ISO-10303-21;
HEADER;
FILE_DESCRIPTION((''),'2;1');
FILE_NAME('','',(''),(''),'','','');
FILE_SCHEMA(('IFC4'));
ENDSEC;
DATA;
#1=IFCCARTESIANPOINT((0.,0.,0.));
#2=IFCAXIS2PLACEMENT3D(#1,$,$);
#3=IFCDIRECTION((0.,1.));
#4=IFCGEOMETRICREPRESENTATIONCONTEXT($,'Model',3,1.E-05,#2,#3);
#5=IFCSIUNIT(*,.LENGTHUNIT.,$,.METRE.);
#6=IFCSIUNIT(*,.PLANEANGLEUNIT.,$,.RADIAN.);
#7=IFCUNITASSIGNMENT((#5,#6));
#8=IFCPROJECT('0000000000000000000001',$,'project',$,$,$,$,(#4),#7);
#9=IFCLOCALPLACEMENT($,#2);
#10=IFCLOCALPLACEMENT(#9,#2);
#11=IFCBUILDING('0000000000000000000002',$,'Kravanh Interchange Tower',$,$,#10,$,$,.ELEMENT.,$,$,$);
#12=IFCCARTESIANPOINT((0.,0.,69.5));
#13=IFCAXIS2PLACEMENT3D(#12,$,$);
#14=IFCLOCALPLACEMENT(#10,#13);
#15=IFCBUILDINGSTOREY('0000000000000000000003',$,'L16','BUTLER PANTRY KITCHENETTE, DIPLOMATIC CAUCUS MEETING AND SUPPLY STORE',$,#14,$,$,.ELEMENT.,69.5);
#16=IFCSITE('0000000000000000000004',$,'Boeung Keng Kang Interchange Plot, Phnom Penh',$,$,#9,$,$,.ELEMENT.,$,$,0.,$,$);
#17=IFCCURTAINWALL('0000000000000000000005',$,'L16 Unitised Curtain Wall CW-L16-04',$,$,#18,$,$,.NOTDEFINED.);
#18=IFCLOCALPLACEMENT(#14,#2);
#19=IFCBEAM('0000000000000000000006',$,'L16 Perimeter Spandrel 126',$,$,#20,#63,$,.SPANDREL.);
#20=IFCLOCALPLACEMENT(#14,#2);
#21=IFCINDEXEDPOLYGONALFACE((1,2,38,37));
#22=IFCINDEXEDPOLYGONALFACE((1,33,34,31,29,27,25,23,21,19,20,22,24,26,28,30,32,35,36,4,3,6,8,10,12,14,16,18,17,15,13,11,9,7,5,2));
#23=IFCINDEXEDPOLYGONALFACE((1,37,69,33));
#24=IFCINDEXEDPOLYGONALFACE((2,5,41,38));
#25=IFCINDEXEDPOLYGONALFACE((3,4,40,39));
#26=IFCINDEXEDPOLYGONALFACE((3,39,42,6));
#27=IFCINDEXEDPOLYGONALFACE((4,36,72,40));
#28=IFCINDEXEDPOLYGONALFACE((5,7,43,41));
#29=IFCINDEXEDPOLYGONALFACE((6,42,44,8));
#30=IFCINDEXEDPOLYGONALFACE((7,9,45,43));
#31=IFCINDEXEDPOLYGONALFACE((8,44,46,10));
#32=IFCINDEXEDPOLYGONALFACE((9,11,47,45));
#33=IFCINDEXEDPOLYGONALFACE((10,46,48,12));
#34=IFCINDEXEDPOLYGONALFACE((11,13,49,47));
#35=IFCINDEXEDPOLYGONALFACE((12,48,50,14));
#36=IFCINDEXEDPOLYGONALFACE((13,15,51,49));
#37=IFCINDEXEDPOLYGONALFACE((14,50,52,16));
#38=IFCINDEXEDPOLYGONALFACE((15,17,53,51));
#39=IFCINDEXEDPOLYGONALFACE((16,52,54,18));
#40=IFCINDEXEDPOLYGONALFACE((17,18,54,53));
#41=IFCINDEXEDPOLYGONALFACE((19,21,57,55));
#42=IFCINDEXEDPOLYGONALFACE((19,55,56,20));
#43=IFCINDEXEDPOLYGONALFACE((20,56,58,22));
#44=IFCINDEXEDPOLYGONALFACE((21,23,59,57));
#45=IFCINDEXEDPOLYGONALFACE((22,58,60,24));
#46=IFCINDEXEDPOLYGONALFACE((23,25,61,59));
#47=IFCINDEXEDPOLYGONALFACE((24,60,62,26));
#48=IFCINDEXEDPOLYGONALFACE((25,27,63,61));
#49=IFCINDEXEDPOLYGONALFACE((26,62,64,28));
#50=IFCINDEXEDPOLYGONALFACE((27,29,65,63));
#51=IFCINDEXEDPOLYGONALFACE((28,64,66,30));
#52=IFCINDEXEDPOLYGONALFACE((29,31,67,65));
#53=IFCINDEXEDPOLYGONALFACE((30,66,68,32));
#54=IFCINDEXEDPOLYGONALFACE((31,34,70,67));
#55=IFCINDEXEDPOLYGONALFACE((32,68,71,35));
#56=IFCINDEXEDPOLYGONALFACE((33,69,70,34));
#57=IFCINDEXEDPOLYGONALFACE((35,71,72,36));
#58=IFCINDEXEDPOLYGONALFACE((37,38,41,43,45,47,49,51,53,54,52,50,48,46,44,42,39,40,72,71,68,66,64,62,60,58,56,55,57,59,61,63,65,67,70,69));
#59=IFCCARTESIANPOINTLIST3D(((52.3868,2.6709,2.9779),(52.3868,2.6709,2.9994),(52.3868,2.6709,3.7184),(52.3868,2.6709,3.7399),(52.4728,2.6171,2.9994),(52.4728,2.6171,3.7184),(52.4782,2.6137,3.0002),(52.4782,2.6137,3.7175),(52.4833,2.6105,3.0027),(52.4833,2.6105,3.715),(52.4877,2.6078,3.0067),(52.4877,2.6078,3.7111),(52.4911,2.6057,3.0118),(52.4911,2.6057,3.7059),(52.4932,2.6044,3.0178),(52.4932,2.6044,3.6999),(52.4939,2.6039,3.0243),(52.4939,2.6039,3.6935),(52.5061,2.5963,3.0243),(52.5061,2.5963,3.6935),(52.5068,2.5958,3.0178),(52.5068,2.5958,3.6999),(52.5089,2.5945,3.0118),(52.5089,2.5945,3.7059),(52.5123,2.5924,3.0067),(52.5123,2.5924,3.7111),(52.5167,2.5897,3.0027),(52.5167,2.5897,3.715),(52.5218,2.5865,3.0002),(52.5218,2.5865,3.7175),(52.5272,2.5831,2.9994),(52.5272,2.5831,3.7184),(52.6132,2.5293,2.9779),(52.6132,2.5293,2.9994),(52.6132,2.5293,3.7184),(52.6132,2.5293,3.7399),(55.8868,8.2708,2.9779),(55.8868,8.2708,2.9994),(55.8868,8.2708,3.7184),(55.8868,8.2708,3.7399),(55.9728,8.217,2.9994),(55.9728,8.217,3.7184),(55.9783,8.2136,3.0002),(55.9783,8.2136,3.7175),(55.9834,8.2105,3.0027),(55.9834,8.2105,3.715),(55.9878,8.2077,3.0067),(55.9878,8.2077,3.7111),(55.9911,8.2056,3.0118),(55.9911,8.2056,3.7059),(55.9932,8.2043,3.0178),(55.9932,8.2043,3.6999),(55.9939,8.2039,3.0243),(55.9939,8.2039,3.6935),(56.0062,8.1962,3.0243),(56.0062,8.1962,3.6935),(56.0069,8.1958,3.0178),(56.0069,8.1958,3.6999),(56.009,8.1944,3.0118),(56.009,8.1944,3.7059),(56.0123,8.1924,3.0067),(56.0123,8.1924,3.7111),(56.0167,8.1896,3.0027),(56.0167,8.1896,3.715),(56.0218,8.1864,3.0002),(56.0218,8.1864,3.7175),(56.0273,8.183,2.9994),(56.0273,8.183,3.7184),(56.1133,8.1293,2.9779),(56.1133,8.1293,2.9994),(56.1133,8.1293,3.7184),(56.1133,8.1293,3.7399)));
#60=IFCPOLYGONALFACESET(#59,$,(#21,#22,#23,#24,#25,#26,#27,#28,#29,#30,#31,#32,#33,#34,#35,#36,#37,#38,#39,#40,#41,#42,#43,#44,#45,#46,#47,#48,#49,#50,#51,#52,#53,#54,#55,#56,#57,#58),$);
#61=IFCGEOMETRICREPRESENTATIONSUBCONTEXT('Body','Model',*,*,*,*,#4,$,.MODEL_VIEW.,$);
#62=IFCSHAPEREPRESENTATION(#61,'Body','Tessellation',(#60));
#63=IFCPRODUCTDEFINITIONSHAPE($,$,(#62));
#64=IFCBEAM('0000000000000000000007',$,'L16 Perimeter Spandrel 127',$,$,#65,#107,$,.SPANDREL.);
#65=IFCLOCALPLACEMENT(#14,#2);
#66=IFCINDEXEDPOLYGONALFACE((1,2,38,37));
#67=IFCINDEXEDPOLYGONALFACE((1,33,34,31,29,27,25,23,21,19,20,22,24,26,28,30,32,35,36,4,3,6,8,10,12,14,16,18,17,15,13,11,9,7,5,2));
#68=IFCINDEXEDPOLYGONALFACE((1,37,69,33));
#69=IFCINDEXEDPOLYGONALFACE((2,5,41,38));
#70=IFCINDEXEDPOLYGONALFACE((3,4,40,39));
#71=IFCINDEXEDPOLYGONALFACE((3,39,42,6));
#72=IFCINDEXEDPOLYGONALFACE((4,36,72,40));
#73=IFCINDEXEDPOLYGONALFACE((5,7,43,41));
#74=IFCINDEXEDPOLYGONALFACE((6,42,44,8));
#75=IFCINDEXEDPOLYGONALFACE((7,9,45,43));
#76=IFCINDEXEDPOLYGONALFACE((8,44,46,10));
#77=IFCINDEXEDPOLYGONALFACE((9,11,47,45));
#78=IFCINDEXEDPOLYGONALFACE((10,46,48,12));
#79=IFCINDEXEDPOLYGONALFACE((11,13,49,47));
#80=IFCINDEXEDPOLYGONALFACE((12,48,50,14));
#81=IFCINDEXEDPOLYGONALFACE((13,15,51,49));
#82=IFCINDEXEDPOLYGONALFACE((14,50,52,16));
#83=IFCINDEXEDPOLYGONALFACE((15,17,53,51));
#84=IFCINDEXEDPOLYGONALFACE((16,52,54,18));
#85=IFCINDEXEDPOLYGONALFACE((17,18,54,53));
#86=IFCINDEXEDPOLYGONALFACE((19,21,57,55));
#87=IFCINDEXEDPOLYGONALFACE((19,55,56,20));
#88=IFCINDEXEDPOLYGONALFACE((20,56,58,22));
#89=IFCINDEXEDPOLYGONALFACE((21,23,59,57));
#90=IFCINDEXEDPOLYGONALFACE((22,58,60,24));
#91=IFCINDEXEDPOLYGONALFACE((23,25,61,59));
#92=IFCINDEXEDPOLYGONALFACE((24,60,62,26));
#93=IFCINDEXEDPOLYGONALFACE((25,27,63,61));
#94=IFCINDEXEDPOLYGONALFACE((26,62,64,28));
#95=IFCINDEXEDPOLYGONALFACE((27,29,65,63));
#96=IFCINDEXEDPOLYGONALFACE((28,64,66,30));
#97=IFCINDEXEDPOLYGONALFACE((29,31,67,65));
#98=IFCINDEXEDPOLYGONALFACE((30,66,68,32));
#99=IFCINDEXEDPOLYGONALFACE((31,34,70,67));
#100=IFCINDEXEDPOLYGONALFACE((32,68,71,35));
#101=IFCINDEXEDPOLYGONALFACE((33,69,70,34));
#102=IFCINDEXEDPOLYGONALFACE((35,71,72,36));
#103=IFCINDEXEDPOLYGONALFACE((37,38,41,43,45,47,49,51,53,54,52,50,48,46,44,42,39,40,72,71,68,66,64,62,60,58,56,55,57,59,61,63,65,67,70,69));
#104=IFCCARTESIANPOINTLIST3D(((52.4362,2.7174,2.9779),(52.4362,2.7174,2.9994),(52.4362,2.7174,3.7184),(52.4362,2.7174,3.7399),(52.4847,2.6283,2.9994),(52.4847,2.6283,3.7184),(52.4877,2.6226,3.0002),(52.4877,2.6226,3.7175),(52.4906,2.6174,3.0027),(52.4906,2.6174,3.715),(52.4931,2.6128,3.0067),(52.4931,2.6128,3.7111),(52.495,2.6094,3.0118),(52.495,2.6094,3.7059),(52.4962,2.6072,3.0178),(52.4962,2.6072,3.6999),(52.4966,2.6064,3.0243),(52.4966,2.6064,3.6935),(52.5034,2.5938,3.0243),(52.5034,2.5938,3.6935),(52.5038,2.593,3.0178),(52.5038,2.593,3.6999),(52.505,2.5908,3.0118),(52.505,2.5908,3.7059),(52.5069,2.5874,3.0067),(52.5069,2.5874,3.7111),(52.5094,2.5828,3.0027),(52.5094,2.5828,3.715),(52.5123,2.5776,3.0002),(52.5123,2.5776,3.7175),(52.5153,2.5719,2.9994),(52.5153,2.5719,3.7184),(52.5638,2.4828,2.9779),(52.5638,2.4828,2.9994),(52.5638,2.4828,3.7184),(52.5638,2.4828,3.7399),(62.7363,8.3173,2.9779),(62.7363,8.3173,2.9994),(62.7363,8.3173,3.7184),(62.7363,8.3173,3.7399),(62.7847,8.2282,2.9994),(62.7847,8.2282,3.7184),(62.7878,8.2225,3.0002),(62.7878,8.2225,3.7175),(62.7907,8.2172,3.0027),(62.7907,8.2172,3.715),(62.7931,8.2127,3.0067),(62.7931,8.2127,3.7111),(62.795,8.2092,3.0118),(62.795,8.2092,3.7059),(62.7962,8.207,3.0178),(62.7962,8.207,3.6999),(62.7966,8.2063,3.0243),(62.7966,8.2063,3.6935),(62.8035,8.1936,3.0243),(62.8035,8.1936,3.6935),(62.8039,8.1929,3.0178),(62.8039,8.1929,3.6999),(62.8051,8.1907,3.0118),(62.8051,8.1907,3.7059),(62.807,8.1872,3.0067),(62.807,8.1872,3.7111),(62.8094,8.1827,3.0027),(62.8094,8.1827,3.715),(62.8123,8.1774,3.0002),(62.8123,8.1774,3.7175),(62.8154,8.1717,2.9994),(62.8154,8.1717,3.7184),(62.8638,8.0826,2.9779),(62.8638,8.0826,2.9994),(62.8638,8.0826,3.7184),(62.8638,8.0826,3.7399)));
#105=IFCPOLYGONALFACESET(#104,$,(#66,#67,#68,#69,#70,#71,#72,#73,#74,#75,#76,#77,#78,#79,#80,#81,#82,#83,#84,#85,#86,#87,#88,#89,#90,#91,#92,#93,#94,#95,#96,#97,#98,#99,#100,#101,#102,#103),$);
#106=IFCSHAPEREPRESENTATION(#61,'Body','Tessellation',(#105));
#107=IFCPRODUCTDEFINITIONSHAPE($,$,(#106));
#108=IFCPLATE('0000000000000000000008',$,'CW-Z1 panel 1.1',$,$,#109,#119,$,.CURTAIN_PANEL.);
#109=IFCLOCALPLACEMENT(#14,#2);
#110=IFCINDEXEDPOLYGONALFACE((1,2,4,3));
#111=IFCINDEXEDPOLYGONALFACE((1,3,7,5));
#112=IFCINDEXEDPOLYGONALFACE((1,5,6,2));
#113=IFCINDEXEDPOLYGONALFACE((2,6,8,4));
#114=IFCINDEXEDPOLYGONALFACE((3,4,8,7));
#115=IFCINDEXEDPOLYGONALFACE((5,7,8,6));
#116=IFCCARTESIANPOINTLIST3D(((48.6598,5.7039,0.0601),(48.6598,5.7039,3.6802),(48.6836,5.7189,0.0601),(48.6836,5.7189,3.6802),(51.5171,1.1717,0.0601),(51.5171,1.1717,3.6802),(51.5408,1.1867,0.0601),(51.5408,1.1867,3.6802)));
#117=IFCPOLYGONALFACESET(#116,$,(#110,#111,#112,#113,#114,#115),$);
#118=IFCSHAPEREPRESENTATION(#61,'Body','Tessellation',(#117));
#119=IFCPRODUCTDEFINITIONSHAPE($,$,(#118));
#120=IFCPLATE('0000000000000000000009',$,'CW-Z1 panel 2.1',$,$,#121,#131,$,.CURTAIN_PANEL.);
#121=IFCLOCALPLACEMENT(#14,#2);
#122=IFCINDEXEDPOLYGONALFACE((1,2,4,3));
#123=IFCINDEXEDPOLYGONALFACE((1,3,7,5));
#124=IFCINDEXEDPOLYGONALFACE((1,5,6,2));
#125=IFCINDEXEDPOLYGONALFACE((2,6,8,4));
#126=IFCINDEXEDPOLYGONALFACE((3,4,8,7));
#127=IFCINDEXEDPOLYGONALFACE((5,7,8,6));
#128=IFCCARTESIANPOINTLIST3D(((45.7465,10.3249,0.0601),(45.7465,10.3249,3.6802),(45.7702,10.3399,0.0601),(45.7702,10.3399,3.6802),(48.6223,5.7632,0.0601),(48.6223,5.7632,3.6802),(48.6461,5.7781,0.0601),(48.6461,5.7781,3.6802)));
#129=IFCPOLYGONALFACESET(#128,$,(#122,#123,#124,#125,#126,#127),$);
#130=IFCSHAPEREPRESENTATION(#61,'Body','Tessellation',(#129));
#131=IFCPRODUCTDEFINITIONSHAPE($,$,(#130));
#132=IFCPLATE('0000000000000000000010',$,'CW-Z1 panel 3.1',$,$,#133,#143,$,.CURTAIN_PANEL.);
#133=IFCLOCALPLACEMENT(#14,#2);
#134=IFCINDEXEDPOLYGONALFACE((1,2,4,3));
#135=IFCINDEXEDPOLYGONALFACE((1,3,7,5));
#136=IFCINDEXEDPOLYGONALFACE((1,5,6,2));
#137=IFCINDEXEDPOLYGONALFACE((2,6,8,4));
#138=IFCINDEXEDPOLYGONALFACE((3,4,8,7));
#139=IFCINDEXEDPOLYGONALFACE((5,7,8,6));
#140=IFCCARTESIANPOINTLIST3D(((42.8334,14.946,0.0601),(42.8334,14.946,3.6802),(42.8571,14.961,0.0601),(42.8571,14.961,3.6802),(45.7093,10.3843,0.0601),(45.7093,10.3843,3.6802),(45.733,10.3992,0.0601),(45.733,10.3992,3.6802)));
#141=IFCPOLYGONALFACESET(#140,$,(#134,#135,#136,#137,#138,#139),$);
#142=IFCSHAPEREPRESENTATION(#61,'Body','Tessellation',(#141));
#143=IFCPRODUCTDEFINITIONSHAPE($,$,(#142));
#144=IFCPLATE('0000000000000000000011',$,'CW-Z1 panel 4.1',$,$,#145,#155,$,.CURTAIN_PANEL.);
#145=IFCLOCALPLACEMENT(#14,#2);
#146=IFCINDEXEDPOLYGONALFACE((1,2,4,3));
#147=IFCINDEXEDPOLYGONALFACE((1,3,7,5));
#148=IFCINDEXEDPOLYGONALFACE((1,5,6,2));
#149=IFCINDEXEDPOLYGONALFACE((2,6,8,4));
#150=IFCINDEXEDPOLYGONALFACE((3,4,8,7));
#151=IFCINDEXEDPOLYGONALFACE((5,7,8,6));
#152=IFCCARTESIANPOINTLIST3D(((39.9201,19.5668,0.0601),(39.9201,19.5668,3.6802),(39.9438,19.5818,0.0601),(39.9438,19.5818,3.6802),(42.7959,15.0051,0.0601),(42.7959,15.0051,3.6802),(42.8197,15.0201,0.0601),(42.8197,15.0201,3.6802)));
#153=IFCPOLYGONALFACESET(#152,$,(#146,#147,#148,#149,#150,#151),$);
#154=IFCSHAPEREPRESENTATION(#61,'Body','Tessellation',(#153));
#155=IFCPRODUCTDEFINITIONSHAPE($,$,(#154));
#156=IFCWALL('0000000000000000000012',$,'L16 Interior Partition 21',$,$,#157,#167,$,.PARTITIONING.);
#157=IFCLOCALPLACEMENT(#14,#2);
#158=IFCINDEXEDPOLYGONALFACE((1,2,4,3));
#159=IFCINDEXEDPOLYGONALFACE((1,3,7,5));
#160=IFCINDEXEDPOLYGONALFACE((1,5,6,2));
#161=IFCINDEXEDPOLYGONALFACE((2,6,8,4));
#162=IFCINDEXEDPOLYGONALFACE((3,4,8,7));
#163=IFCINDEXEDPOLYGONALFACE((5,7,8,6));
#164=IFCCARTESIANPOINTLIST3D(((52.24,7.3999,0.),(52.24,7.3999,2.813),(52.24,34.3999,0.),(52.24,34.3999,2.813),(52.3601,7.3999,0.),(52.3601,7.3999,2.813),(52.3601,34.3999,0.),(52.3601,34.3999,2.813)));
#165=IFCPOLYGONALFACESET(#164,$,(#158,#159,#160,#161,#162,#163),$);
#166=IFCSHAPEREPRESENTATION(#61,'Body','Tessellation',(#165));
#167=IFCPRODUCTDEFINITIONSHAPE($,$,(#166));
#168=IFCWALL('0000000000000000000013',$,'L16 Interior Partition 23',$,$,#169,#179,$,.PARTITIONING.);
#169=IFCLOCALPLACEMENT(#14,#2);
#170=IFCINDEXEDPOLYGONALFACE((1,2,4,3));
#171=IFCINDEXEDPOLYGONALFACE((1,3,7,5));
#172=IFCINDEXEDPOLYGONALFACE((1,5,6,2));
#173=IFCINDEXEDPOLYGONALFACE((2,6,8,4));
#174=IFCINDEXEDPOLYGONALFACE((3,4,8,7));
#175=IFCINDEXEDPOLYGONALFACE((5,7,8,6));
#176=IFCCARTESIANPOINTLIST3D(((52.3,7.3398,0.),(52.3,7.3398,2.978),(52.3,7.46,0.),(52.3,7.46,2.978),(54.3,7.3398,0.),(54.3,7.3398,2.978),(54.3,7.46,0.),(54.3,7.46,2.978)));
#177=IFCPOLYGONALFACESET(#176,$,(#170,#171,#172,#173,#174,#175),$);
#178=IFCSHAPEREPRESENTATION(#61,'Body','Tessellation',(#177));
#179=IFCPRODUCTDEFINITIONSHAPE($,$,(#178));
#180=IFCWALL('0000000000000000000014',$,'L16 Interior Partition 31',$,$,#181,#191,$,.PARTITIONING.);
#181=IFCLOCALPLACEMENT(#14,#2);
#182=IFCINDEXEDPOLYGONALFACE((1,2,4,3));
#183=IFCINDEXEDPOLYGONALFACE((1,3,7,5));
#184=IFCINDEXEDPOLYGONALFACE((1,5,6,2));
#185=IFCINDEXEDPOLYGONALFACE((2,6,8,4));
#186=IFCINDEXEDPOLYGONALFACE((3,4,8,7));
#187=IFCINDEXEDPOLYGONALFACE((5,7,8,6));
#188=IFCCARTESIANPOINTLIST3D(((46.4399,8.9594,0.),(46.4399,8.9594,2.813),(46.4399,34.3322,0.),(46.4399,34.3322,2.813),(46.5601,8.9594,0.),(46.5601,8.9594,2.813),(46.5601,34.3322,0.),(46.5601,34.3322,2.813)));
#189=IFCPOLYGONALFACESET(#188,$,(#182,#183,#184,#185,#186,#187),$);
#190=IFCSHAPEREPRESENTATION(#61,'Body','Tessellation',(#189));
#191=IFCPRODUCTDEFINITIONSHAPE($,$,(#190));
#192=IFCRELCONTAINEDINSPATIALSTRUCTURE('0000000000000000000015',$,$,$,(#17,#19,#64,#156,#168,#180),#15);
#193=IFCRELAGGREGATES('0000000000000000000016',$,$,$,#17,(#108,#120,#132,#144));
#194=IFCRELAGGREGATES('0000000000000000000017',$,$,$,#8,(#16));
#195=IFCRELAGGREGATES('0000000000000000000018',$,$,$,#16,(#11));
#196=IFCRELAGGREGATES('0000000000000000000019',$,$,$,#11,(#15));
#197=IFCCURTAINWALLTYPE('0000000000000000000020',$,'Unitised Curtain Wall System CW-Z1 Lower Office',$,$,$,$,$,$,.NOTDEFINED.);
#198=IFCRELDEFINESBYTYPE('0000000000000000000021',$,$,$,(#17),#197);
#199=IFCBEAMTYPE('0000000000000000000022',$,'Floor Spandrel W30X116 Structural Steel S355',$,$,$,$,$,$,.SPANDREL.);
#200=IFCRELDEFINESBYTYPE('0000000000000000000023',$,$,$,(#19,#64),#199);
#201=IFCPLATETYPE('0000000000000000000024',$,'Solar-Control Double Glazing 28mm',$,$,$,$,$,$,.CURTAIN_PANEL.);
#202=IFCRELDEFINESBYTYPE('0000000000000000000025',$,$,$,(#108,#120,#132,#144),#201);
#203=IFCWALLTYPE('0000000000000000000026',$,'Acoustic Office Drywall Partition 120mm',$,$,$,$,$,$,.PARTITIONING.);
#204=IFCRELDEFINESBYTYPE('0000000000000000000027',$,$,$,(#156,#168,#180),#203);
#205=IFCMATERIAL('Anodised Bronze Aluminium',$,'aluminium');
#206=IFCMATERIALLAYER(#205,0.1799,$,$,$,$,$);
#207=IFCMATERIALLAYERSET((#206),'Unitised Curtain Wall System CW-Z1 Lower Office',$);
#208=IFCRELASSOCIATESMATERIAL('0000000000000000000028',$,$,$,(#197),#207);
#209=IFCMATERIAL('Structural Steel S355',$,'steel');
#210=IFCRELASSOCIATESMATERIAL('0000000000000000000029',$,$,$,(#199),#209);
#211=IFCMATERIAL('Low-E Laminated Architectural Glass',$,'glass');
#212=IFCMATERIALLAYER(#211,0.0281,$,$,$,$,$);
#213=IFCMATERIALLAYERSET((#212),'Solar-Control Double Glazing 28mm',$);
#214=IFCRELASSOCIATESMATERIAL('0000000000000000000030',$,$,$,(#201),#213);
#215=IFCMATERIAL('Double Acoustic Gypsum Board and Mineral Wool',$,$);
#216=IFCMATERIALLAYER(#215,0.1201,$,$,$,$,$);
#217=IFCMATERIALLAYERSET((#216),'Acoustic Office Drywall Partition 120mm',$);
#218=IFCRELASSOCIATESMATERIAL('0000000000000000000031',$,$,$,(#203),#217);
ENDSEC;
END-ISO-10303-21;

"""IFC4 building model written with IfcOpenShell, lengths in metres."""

from ifc_helpers import new_model, si_unit, direction, frame, frame_2d, origin, origin_2d, place, context, subcontext, project, spatial, rectangle, i_section, extrude, material, layer, layer_set, material_profile, profile_set, type_object, element, aggregate, save


model = new_model("IFC4")

# Units and contexts
model_context = context("Model", 3, precision=1e-05, world=origin(), true_north=direction((0.0, 1.0)))
body_context = subcontext(model_context, "Body", "Model", "MODEL_VIEW")
ifc_project = project(units=[si_unit("LENGTHUNIT", "METRE"), si_unit("PLANEANGLEUNIT", "RADIAN")], contexts=[model_context])

# Site, building, storey
site_placement = place(None, origin())
site = spatial("IfcSite", under=ifc_project, at=site_placement, Name="Boeung Keng Kang Interchange Plot, Phnom Penh", CompositionType="ELEMENT", RefElevation=0.0)
building_placement = place(site_placement, origin())
building = spatial("IfcBuilding", under=site, at=building_placement, Name="Kravanh Interchange Tower", CompositionType="ELEMENT")
storey_placement = place(building_placement, frame((0.0, 0.0, 69.5)))
storey = spatial("IfcBuildingStorey", under=building, at=storey_placement, Name="L16", Description="BUTLER PANTRY KITCHENETTE, DIPLOMATIC CAUCUS MEETING AND SUPPLY STORE", CompositionType="ELEMENT", Elevation=69.5)

# Shared definitions
ifc_material_1 = material(Name="Anodised Bronze Aluminium", Category="aluminium")
ifc_layer_1 = layer(ifc_material_1, 0.1799)
ifc_layer_set_1 = layer_set([ifc_layer_1], Name="Unitised Curtain Wall System CW-Z1 Lower Office")
curtain_wall_type = type_object("IfcCurtainWallType", Name="Unitised Curtain Wall System CW-Z1 Lower Office", PredefinedType="NOTDEFINED", material=ifc_layer_set_1)

# Curtain wall
curtain_wall_1_placement = place(storey_placement, origin())
curtain_wall_1 = element("IfcCurtainWall", 1, at=curtain_wall_1_placement, inside=storey, type_object=curtain_wall_type, Name="L16 Unitised Curtain Wall CW-L16-04", PredefinedType="NOTDEFINED")

# Beams
ifc_material_2 = material(Name="Structural Steel S355", Category="steel")
ifc_material_profile_1 = material_profile(ifc_material_2, i_section(OverallWidth=0.2671, OverallDepth=0.762, WebThickness=0.0144, FlangeThickness=0.0215, FilletRadius=0.0249, at=origin_2d()), Name="W30X116")
ifc_profile_set_1 = profile_set([ifc_material_profile_1], Name="Structural Steel S355")
beam_type = type_object("IfcBeamType", Name="Floor Spandrel W30X116 Structural Steel S355", PredefinedType="SPANDREL", material=ifc_profile_set_1)
beam_1_placement = place(storey_placement, frame((52.5, 2.6001, 3.3589), z_axis=(0.530009, 0.847992, 0.0), x_axis=(-0.847992, 0.530009, 0.0)))
element("IfcBeam", 2, at=beam_1_placement, inside=storey, type_object=beam_type, Name="L16 Perimeter Spandrel 126", PredefinedType="SPANDREL", context=body_context, shape_type="SweptSolid", body=[
    extrude(i_section(OverallWidth=0.2671, OverallDepth=0.762, WebThickness=0.0144, FlangeThickness=0.0215, FilletRadius=0.0249, at=origin_2d()), origin(), (0.0, 0.0, 1.0), 6.6038),
])
beam_2_placement = place(storey_placement, frame((52.5, 2.6001, 3.3589), z_axis=(0.878553, 0.477645, 0.0), x_axis=(-0.477645, 0.878553, 0.0)))
element("IfcBeam", 3, at=beam_2_placement, inside=storey, type_object=beam_type, Name="L16 Perimeter Spandrel 127", PredefinedType="SPANDREL", context=body_context, shape_type="SweptSolid", body=[
    extrude(i_section(OverallWidth=0.2671, OverallDepth=0.762, WebThickness=0.0144, FlangeThickness=0.0215, FilletRadius=0.0249, at=origin_2d()), origin(), (0.0, 0.0, 1.0), 11.7239),
])

# Plates
ifc_material_3 = material(Name="Low-E Laminated Architectural Glass", Category="glass")
ifc_layer_2 = layer(ifc_material_3, 0.0281)
ifc_layer_set_2 = layer_set([ifc_layer_2], Name="Solar-Control Double Glazing 28mm")
plate_type = type_object("IfcPlateType", Name="Solar-Control Double Glazing 28mm", PredefinedType="CURTAIN_PANEL", material=ifc_layer_set_2)
plate_1_placement = place(storey_placement, frame((50.1003, 3.4453, 0.0601), z_axis=(0.0, 0.0, 1.0), x_axis=(-0.533301, 0.845926, 0.0)))
plate_1 = element("IfcPlate", 4, at=plate_1_placement, type_object=plate_type, Name="CW-Z1 panel 1.1", PredefinedType="CURTAIN_PANEL", context=body_context, shape_type="SweptSolid", body=[
    extrude(rectangle(XDim=5.3577, YDim=0.0281, at=origin_2d()), origin(), (0.0, 0.0, 1.0), 3.6201),
])
plate_2_placement = place(storey_placement, frame((47.1963, 8.0515, 0.0601), z_axis=(0.0, 0.0, 1.0), x_axis=(-0.533301, 0.845926, 0.0)))
plate_2 = element("IfcPlate", 5, at=plate_2_placement, type_object=plate_type, Name="CW-Z1 panel 2.1", PredefinedType="CURTAIN_PANEL", context=body_context, shape_type="SweptSolid", body=[
    extrude(rectangle(XDim=5.3926, YDim=0.0281, at=origin_2d()), origin(), (0.0, 0.0, 1.0), 3.6201),
])
plate_3_placement = place(storey_placement, frame((44.2832, 12.6726, 0.0601), z_axis=(0.0, 0.0, 1.0), x_axis=(-0.533301, 0.845926, 0.0)))
plate_3 = element("IfcPlate", 6, at=plate_3_placement, type_object=plate_type, Name="CW-Z1 panel 3.1", PredefinedType="CURTAIN_PANEL", context=body_context, shape_type="SweptSolid", body=[
    extrude(rectangle(XDim=5.3926, YDim=0.0281, at=origin_2d()), origin(), (0.0, 0.0, 1.0), 3.6201),
])
plate_4_placement = place(storey_placement, frame((41.3699, 17.2935, 0.0601), z_axis=(0.0, 0.0, 1.0), x_axis=(-0.533301, 0.845926, 0.0)))
plate_4 = element("IfcPlate", 7, at=plate_4_placement, type_object=plate_type, Name="CW-Z1 panel 4.1", PredefinedType="CURTAIN_PANEL", context=body_context, shape_type="SweptSolid", body=[
    extrude(rectangle(XDim=5.3926, YDim=0.0281, at=origin_2d()), origin(), (0.0, 0.0, 1.0), 3.6201),
])
aggregate(curtain_wall_1, [plate_1, plate_2, plate_3, plate_4])

# Walls
ifc_material_4 = material(Name="Double Acoustic Gypsum Board and Mineral Wool")
ifc_layer_3 = layer(ifc_material_4, 0.1201)
ifc_layer_set_3 = layer_set([ifc_layer_3], Name="Acoustic Office Drywall Partition 120mm")
wall_type = type_object("IfcWallType", Name="Acoustic Office Drywall Partition 120mm", PredefinedType="PARTITIONING", material=ifc_layer_set_3)
wall_1_placement = place(storey_placement, frame((52.3, 7.3999, 0.0), z_axis=(0.0, 0.0, 1.0), x_axis=(0.0, 1.0, 0.0)))
element("IfcWall", 8, at=wall_1_placement, inside=storey, type_object=wall_type, Name="L16 Interior Partition 21", PredefinedType="PARTITIONING", context=body_context, shape_type="SweptSolid", body=[
    extrude(rectangle(XDim=27.0, YDim=0.1201, at=frame_2d((13.5, 0.0))), origin(), (0.0, 0.0, 1.0), 2.813),
])
wall_2_placement = place(storey_placement, frame((52.3, 7.3999, 0.0), z_axis=(0.0, 0.0, 1.0), x_axis=(1.0, 0.0, 0.0)))
element("IfcWall", 9, at=wall_2_placement, inside=storey, type_object=wall_type, Name="L16 Interior Partition 23", PredefinedType="PARTITIONING", context=body_context, shape_type="SweptSolid", body=[
    extrude(rectangle(XDim=2.0, YDim=0.1201, at=frame_2d((1.0, 0.0))), origin(), (0.0, 0.0, 1.0), 2.978),
])
wall_3_placement = place(storey_placement, frame((46.5, 8.9592, 0.0), z_axis=(0.0, 0.0, 1.0), x_axis=(0.0, 1.0, 0.0)))
element("IfcWall", 10, at=wall_3_placement, inside=storey, type_object=wall_type, Name="L16 Interior Partition 31", PredefinedType="PARTITIONING", context=body_context, shape_type="SweptSolid", body=[
    extrude(rectangle(XDim=25.3728, YDim=0.1201, at=frame_2d((12.6865, 0.0))), origin(), (0.0, 0.0, 1.0), 2.813),
])

save(model, "model.ifc")
